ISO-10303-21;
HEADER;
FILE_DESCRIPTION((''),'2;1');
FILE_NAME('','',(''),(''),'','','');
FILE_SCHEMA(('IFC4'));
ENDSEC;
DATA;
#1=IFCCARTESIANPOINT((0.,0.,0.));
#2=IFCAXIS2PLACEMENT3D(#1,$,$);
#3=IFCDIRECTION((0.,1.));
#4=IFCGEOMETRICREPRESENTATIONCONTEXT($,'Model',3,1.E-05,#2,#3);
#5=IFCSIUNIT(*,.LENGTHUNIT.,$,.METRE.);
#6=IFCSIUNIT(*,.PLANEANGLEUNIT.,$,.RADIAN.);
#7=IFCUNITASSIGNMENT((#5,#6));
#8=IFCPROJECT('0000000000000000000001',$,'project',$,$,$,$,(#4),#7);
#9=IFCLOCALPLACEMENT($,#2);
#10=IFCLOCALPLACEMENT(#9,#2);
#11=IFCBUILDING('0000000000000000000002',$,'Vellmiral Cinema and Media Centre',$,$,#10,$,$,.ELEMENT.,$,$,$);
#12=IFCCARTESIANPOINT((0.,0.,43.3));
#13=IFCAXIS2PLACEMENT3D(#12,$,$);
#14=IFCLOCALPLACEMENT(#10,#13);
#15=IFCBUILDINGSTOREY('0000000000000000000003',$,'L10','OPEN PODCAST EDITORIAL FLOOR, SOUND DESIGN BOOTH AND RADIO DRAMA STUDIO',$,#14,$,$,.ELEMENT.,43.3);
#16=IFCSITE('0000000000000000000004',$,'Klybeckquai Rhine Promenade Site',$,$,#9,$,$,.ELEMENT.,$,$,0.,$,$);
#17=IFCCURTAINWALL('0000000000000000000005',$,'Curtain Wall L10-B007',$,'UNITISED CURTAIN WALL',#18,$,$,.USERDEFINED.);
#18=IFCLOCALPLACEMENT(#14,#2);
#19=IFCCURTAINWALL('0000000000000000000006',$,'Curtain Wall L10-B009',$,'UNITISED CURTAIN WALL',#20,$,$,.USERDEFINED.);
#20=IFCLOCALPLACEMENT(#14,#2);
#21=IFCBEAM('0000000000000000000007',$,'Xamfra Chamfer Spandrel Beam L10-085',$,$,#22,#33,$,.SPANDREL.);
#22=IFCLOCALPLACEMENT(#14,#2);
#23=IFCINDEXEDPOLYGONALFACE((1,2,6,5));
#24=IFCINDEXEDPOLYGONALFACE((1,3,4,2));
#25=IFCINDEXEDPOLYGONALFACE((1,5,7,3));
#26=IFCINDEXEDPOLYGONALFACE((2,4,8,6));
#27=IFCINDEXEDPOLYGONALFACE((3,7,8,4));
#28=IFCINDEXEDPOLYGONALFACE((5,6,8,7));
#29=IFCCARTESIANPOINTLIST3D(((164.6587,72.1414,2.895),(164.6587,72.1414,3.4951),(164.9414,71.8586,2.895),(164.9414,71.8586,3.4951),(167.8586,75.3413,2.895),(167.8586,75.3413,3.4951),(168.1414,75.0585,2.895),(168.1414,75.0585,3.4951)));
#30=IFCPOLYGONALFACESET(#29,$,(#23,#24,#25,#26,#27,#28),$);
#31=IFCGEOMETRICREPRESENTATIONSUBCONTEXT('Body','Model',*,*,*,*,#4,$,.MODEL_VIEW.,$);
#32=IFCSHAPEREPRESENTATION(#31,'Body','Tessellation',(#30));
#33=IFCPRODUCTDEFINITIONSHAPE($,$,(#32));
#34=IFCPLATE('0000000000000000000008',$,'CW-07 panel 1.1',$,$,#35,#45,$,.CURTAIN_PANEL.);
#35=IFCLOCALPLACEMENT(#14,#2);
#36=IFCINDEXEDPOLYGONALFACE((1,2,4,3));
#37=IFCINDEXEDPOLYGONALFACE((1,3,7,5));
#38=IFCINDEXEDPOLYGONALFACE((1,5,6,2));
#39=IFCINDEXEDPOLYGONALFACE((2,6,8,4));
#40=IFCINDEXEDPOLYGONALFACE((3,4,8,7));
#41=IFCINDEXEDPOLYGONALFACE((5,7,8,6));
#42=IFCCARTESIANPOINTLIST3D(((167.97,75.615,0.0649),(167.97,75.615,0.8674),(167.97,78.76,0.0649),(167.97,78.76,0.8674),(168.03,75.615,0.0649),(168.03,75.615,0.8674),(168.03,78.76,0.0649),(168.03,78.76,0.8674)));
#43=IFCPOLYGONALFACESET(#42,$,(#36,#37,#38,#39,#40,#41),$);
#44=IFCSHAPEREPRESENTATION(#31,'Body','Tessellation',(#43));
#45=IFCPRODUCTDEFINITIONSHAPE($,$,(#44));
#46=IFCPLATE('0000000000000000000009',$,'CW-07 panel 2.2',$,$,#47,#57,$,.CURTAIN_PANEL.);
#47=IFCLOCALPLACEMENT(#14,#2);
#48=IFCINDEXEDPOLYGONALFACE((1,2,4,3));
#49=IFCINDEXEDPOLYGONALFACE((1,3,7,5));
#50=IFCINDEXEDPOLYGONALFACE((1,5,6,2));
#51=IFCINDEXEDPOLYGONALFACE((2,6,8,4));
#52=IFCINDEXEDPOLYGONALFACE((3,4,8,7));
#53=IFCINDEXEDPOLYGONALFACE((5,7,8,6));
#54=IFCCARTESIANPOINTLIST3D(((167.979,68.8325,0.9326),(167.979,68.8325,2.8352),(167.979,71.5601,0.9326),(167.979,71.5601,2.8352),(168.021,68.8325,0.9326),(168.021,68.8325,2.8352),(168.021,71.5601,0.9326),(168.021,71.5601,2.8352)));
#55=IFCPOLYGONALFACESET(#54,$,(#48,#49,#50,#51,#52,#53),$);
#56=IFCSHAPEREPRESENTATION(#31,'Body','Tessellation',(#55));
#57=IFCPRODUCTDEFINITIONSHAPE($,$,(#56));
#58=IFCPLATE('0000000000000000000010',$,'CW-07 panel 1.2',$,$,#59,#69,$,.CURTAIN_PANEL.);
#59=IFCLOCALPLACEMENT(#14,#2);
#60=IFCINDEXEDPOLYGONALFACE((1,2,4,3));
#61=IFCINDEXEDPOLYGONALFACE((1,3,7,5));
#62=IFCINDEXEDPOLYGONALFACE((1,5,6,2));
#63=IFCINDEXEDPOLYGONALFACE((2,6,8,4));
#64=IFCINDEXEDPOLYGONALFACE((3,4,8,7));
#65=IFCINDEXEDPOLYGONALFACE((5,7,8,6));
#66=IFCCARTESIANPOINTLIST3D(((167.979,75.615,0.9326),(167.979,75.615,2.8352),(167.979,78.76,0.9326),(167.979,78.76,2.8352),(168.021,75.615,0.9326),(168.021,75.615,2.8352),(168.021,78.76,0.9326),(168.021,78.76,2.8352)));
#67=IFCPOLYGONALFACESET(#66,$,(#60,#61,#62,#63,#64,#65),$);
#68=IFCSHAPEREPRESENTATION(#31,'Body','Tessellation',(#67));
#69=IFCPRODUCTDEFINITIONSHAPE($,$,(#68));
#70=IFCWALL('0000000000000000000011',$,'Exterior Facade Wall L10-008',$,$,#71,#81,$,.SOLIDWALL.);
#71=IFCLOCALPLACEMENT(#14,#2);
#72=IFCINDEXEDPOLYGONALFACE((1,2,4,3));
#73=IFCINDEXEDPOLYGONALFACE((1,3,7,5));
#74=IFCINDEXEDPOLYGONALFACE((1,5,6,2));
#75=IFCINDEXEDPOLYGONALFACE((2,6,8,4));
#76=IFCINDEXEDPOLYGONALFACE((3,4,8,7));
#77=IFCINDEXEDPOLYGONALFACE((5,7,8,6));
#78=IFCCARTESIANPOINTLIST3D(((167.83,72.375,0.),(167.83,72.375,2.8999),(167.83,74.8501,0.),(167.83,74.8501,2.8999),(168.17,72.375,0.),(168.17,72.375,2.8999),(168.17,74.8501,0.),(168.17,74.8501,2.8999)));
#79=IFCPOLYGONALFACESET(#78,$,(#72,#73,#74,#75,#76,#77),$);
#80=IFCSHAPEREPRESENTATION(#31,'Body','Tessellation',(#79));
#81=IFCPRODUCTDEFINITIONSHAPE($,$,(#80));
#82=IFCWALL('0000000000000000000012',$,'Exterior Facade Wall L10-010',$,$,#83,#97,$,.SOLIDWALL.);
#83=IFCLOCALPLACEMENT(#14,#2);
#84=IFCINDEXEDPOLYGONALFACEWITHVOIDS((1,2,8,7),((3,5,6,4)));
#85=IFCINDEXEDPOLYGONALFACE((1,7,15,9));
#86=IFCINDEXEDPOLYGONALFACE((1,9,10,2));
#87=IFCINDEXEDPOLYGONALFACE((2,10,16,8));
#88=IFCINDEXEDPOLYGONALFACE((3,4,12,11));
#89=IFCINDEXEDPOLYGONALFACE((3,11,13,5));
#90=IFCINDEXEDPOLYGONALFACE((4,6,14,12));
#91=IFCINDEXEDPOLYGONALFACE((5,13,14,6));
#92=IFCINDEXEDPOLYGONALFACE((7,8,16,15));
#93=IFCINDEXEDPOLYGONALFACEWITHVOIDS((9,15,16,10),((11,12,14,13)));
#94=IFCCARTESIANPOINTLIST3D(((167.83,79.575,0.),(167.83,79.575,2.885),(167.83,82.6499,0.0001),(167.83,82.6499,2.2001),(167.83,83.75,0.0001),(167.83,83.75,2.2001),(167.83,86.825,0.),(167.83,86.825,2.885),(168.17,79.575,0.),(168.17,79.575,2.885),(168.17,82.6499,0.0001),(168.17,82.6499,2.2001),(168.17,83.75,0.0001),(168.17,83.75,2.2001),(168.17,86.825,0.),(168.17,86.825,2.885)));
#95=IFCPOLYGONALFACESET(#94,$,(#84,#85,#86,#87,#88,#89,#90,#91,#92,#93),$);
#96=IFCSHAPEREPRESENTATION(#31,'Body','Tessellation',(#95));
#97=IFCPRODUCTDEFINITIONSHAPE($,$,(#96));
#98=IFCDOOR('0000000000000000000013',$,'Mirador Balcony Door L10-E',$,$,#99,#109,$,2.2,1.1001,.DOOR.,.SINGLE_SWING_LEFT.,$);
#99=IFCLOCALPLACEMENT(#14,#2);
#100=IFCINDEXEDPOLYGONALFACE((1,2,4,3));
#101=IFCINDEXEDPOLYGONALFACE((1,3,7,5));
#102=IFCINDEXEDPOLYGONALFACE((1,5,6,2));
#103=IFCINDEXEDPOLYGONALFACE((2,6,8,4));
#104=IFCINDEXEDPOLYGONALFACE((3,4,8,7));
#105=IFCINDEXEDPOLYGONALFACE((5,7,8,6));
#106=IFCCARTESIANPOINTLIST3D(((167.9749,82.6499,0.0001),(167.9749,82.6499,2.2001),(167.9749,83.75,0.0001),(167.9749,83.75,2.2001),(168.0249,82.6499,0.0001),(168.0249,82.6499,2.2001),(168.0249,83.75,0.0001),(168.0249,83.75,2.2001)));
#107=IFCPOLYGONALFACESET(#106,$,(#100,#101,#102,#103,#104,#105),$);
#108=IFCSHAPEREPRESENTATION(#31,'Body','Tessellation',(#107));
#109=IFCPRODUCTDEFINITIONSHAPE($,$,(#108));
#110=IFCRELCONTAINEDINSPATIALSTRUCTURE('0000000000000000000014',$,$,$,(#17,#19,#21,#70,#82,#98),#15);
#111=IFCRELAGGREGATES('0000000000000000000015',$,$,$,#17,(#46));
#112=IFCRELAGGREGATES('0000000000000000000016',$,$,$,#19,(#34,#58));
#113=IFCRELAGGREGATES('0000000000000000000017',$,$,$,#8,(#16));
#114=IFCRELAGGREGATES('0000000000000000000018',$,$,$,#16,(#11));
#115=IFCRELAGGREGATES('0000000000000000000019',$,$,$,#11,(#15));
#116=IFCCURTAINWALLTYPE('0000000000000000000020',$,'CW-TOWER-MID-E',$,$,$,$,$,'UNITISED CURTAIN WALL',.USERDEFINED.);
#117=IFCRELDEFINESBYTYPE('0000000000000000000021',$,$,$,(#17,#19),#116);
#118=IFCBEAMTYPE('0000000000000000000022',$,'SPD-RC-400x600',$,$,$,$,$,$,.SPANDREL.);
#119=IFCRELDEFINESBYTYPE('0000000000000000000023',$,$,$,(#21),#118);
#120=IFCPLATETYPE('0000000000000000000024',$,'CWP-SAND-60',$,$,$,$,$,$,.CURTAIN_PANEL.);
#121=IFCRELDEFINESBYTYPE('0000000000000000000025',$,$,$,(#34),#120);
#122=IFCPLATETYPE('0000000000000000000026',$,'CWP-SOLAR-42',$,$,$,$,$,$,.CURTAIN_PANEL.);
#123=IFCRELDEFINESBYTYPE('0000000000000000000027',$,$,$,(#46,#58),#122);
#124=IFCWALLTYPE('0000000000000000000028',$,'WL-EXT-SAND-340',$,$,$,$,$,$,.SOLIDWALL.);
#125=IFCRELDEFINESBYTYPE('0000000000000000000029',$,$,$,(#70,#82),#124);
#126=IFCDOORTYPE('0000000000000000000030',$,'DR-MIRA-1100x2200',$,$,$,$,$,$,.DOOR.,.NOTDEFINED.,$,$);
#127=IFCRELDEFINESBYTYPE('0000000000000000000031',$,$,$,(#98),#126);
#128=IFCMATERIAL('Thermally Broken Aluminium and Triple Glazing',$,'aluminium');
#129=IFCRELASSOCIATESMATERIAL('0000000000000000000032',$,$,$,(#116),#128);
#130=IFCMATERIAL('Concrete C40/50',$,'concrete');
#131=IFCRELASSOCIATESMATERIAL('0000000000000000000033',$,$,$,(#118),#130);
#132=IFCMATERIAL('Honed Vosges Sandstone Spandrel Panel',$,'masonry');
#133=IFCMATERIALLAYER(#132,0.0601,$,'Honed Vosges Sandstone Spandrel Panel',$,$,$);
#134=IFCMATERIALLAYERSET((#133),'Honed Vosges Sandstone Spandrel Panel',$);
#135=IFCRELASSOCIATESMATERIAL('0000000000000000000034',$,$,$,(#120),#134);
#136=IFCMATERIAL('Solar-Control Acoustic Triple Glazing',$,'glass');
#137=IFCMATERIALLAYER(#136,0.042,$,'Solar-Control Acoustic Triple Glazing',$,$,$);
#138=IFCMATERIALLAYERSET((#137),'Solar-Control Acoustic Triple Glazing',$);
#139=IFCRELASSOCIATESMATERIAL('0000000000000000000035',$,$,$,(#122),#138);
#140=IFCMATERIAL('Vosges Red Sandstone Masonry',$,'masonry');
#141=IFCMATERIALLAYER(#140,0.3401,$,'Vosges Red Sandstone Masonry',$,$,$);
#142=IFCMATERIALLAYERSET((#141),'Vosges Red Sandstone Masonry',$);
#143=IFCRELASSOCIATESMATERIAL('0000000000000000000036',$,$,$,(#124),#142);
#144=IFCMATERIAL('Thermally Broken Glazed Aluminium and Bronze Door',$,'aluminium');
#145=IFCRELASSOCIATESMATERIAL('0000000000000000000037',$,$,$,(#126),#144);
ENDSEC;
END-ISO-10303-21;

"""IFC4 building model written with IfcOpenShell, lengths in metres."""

from ifc_helpers import new_model, si_unit, direction, frame, frame_2d, origin, origin_2d, place, context, subcontext, project, spatial, rectangle, extrude, material, layer, layer_set, material_profile, profile_set, type_object, element, fill, aggregate, save


model = new_model("IFC4")

# Units and contexts
model_context = context("Model", 3, precision=1e-05, world=origin(), true_north=direction((0.0, 1.0)))
body_context = subcontext(model_context, "Body", "Model", "MODEL_VIEW")
ifc_project = project(units=[si_unit("LENGTHUNIT", "METRE"), si_unit("PLANEANGLEUNIT", "RADIAN")], contexts=[model_context])

# Site, building, storey
site_placement = place(None, origin())
site = spatial("IfcSite", under=ifc_project, at=site_placement, Name="Klybeckquai Rhine Promenade Site", CompositionType="ELEMENT", RefElevation=0.0)
building_placement = place(site_placement, origin())
building = spatial("IfcBuilding", under=site, at=building_placement, Name="Vellmiral Cinema and Media Centre", CompositionType="ELEMENT")
storey_placement = place(building_placement, frame((0.0, 0.0, 43.3)))
storey = spatial("IfcBuildingStorey", under=building, at=storey_placement, Name="L10", Description="OPEN PODCAST EDITORIAL FLOOR, SOUND DESIGN BOOTH AND RADIO DRAMA STUDIO", CompositionType="ELEMENT", Elevation=43.3)

# Curtain wall
ifc_material_1 = material(Name="Thermally Broken Aluminium and Triple Glazing", Category="aluminium")
curtain_wall_type = type_object("IfcCurtainWallType", Name="CW-TOWER-MID-E", ElementType="UNITISED CURTAIN WALL", PredefinedType="USERDEFINED", material=ifc_material_1)
curtain_wall_1_placement = place(storey_placement, origin())
curtain_wall_1 = element("IfcCurtainWall", 1, at=curtain_wall_1_placement, inside=storey, type_object=curtain_wall_type, Name="Curtain Wall L10-B007", ObjectType="UNITISED CURTAIN WALL", PredefinedType="USERDEFINED")

# Curtain wall
curtain_wall_2_placement = place(storey_placement, origin())
curtain_wall_2 = element("IfcCurtainWall", 2, at=curtain_wall_2_placement, inside=storey, type_object=curtain_wall_type, Name="Curtain Wall L10-B009", ObjectType="UNITISED CURTAIN WALL", PredefinedType="USERDEFINED")

# Beam
ifc_material_2 = material(Name="Concrete C40/50", Category="concrete")
ifc_material_profile_1 = material_profile(ifc_material_2, rectangle(XDim=0.3999, YDim=0.6001, at=origin_2d()), Name="RC 400x600")
ifc_profile_set_1 = profile_set([ifc_material_profile_1], Name="Concrete C40/50")
beam_type_1 = type_object("IfcBeamType", Name="SPD-RC-400x600", PredefinedType="SPANDREL", material=ifc_profile_set_1)
beam_1_placement = place(storey_placement, frame((164.8, 72.0, 3.1951), z_axis=(0.707107, 0.707107, 0.0), x_axis=(-0.707107, 0.707107, 0.0)))
element("IfcBeam", 3, at=beam_1_placement, inside=storey, type_object=beam_type_1, Name="Xamfra Chamfer Spandrel Beam L10-085", PredefinedType="SPANDREL", context=body_context, shape_type="SweptSolid", body=[
    extrude(rectangle(XDim=0.3999, YDim=0.6001, at=origin_2d()), origin(), (0.0, 0.0, 1.0), 4.5254),
])

# Plates
ifc_material_3 = material(Name="Honed Vosges Sandstone Spandrel Panel", Category="masonry")
ifc_layer_1 = layer(ifc_material_3, 0.0601, Name="Honed Vosges Sandstone Spandrel Panel")
ifc_layer_set_1 = layer_set([ifc_layer_1], Name="Honed Vosges Sandstone Spandrel Panel")
plate_type_1 = type_object("IfcPlateType", Name="CWP-SAND-60", PredefinedType="CURTAIN_PANEL", material=ifc_layer_set_1)
plate_1_placement = place(storey_placement, frame((168.0, 77.1875, 0.0649), z_axis=(0.0, 0.0, 1.0), x_axis=(0.0, 1.0, 0.0)))
plate_1 = element("IfcPlate", 4, at=plate_1_placement, type_object=plate_type_1, Name="CW-07 panel 1.1", PredefinedType="CURTAIN_PANEL", context=body_context, shape_type="SweptSolid", body=[
    extrude(rectangle(XDim=3.145, YDim=0.0601, at=origin_2d()), origin(), (0.0, 0.0, 1.0), 0.8025),
])
ifc_material_4 = material(Name="Solar-Control Acoustic Triple Glazing", Category="glass")
ifc_layer_2 = layer(ifc_material_4, 0.042, Name="Solar-Control Acoustic Triple Glazing")
ifc_layer_set_2 = layer_set([ifc_layer_2], Name="Solar-Control Acoustic Triple Glazing")
plate_type_2 = type_object("IfcPlateType", Name="CWP-SOLAR-42", PredefinedType="CURTAIN_PANEL", material=ifc_layer_set_2)
plate_2_placement = place(storey_placement, frame((168.0, 70.1963, 0.9326), z_axis=(0.0, 0.0, 1.0), x_axis=(0.0, 1.0, 0.0)))
plate_2 = element("IfcPlate", 5, at=plate_2_placement, type_object=plate_type_2, Name="CW-07 panel 2.2", PredefinedType="CURTAIN_PANEL", context=body_context, shape_type="SweptSolid", body=[
    extrude(rectangle(XDim=2.7275, YDim=0.042, at=origin_2d()), origin(), (0.0, 0.0, 1.0), 1.9026),
])
aggregate(curtain_wall_1, [plate_2])
plate_3_placement = place(storey_placement, frame((168.0, 77.1875, 0.9326), z_axis=(0.0, 0.0, 1.0), x_axis=(0.0, 1.0, 0.0)))
plate_3 = element("IfcPlate", 6, at=plate_3_placement, type_object=plate_type_2, Name="CW-07 panel 1.2", PredefinedType="CURTAIN_PANEL", context=body_context, shape_type="SweptSolid", body=[
    extrude(rectangle(XDim=3.145, YDim=0.042, at=origin_2d()), origin(), (0.0, 0.0, 1.0), 1.9026),
])
aggregate(curtain_wall_2, [plate_1, plate_3])

# Wall
ifc_material_5 = material(Name="Vosges Red Sandstone Masonry", Category="masonry")
ifc_layer_3 = layer(ifc_material_5, 0.3401, Name="Vosges Red Sandstone Masonry")
ifc_layer_set_3 = layer_set([ifc_layer_3], Name="Vosges Red Sandstone Masonry")
wall_type = type_object("IfcWallType", Name="WL-EXT-SAND-340", PredefinedType="SOLIDWALL", material=ifc_layer_set_3)
wall_1_placement = place(storey_placement, frame((168.0, 72.375, 0.0), z_axis=(0.0, 0.0, 1.0), x_axis=(0.0, 1.0, 0.0)))
element("IfcWall", 7, at=wall_1_placement, inside=storey, type_object=wall_type, Name="Exterior Facade Wall L10-008", PredefinedType="SOLIDWALL", context=body_context, shape_type="SweptSolid", body=[
    extrude(rectangle(XDim=2.4751, YDim=0.3401, at=frame_2d((1.2375, 0.0))), origin(), (0.0, 0.0, 1.0), 2.8999),
])

# Wall, opening, door
wall_2_placement = place(storey_placement, frame((168.0, 79.575, 0.0), z_axis=(0.0, 0.0, 1.0), x_axis=(0.0, 1.0, 0.0)))
wall_2 = element("IfcWall", 8, at=wall_2_placement, inside=storey, type_object=wall_type, Name="Exterior Facade Wall L10-010", PredefinedType="SOLIDWALL", context=body_context, shape_type="SweptSolid", body=[
    extrude(rectangle(XDim=7.25, YDim=0.3401, at=frame_2d((3.625, 0.0))), origin(), (0.0, 0.0, 1.0), 2.885),
])
opening_placement = place(wall_2_placement, frame((3.075, 0.0, 0.0)))
opening = element("IfcOpeningElement", 9, at=opening_placement, cuts=wall_2, PredefinedType="OPENING", context=body_context, shape_type="SweptSolid", body=[
    extrude(rectangle(XDim=1.1001, YDim=2.2, at=frame_2d((0.55, 1.1001))), frame((0.0, 0.1821, 0.0), z_axis=(0.0, -1.0, 0.0), x_axis=(1.0, 0.0, 0.0)), (0.0, 0.0, 1.0), 0.364),
])
ifc_material_6 = material(Name="Thermally Broken Glazed Aluminium and Bronze Door", Category="aluminium")
door_type = type_object("IfcDoorType", Name="DR-MIRA-1100x2200", OperationType="NOTDEFINED", PredefinedType="DOOR", material=ifc_material_6)
door_placement = place(opening_placement, frame((1.1001, 0.0, 0.0), z_axis=(0.0, 0.0, 1.0), x_axis=(-1.0, 0.0, 0.0)))
door = element("IfcDoor", 10, at=door_placement, inside=storey, type_object=door_type, Name="Mirador Balcony Door L10-E", OperationType="SINGLE_SWING_LEFT", OverallHeight=2.2, OverallWidth=1.1001, PredefinedType="DOOR", context=body_context, shape_type="SweptSolid", body=[
    extrude(rectangle(XDim=1.1001, YDim=2.2, at=frame_2d((0.55, 1.1001))), frame((0.0, 0.0249, 0.0), z_axis=(0.0, -1.0, 0.0), x_axis=(1.0, 0.0, 0.0)), (0.0, 0.0, 1.0), 0.05),
])
fill(opening, door)

save(model, "model.ifc")
